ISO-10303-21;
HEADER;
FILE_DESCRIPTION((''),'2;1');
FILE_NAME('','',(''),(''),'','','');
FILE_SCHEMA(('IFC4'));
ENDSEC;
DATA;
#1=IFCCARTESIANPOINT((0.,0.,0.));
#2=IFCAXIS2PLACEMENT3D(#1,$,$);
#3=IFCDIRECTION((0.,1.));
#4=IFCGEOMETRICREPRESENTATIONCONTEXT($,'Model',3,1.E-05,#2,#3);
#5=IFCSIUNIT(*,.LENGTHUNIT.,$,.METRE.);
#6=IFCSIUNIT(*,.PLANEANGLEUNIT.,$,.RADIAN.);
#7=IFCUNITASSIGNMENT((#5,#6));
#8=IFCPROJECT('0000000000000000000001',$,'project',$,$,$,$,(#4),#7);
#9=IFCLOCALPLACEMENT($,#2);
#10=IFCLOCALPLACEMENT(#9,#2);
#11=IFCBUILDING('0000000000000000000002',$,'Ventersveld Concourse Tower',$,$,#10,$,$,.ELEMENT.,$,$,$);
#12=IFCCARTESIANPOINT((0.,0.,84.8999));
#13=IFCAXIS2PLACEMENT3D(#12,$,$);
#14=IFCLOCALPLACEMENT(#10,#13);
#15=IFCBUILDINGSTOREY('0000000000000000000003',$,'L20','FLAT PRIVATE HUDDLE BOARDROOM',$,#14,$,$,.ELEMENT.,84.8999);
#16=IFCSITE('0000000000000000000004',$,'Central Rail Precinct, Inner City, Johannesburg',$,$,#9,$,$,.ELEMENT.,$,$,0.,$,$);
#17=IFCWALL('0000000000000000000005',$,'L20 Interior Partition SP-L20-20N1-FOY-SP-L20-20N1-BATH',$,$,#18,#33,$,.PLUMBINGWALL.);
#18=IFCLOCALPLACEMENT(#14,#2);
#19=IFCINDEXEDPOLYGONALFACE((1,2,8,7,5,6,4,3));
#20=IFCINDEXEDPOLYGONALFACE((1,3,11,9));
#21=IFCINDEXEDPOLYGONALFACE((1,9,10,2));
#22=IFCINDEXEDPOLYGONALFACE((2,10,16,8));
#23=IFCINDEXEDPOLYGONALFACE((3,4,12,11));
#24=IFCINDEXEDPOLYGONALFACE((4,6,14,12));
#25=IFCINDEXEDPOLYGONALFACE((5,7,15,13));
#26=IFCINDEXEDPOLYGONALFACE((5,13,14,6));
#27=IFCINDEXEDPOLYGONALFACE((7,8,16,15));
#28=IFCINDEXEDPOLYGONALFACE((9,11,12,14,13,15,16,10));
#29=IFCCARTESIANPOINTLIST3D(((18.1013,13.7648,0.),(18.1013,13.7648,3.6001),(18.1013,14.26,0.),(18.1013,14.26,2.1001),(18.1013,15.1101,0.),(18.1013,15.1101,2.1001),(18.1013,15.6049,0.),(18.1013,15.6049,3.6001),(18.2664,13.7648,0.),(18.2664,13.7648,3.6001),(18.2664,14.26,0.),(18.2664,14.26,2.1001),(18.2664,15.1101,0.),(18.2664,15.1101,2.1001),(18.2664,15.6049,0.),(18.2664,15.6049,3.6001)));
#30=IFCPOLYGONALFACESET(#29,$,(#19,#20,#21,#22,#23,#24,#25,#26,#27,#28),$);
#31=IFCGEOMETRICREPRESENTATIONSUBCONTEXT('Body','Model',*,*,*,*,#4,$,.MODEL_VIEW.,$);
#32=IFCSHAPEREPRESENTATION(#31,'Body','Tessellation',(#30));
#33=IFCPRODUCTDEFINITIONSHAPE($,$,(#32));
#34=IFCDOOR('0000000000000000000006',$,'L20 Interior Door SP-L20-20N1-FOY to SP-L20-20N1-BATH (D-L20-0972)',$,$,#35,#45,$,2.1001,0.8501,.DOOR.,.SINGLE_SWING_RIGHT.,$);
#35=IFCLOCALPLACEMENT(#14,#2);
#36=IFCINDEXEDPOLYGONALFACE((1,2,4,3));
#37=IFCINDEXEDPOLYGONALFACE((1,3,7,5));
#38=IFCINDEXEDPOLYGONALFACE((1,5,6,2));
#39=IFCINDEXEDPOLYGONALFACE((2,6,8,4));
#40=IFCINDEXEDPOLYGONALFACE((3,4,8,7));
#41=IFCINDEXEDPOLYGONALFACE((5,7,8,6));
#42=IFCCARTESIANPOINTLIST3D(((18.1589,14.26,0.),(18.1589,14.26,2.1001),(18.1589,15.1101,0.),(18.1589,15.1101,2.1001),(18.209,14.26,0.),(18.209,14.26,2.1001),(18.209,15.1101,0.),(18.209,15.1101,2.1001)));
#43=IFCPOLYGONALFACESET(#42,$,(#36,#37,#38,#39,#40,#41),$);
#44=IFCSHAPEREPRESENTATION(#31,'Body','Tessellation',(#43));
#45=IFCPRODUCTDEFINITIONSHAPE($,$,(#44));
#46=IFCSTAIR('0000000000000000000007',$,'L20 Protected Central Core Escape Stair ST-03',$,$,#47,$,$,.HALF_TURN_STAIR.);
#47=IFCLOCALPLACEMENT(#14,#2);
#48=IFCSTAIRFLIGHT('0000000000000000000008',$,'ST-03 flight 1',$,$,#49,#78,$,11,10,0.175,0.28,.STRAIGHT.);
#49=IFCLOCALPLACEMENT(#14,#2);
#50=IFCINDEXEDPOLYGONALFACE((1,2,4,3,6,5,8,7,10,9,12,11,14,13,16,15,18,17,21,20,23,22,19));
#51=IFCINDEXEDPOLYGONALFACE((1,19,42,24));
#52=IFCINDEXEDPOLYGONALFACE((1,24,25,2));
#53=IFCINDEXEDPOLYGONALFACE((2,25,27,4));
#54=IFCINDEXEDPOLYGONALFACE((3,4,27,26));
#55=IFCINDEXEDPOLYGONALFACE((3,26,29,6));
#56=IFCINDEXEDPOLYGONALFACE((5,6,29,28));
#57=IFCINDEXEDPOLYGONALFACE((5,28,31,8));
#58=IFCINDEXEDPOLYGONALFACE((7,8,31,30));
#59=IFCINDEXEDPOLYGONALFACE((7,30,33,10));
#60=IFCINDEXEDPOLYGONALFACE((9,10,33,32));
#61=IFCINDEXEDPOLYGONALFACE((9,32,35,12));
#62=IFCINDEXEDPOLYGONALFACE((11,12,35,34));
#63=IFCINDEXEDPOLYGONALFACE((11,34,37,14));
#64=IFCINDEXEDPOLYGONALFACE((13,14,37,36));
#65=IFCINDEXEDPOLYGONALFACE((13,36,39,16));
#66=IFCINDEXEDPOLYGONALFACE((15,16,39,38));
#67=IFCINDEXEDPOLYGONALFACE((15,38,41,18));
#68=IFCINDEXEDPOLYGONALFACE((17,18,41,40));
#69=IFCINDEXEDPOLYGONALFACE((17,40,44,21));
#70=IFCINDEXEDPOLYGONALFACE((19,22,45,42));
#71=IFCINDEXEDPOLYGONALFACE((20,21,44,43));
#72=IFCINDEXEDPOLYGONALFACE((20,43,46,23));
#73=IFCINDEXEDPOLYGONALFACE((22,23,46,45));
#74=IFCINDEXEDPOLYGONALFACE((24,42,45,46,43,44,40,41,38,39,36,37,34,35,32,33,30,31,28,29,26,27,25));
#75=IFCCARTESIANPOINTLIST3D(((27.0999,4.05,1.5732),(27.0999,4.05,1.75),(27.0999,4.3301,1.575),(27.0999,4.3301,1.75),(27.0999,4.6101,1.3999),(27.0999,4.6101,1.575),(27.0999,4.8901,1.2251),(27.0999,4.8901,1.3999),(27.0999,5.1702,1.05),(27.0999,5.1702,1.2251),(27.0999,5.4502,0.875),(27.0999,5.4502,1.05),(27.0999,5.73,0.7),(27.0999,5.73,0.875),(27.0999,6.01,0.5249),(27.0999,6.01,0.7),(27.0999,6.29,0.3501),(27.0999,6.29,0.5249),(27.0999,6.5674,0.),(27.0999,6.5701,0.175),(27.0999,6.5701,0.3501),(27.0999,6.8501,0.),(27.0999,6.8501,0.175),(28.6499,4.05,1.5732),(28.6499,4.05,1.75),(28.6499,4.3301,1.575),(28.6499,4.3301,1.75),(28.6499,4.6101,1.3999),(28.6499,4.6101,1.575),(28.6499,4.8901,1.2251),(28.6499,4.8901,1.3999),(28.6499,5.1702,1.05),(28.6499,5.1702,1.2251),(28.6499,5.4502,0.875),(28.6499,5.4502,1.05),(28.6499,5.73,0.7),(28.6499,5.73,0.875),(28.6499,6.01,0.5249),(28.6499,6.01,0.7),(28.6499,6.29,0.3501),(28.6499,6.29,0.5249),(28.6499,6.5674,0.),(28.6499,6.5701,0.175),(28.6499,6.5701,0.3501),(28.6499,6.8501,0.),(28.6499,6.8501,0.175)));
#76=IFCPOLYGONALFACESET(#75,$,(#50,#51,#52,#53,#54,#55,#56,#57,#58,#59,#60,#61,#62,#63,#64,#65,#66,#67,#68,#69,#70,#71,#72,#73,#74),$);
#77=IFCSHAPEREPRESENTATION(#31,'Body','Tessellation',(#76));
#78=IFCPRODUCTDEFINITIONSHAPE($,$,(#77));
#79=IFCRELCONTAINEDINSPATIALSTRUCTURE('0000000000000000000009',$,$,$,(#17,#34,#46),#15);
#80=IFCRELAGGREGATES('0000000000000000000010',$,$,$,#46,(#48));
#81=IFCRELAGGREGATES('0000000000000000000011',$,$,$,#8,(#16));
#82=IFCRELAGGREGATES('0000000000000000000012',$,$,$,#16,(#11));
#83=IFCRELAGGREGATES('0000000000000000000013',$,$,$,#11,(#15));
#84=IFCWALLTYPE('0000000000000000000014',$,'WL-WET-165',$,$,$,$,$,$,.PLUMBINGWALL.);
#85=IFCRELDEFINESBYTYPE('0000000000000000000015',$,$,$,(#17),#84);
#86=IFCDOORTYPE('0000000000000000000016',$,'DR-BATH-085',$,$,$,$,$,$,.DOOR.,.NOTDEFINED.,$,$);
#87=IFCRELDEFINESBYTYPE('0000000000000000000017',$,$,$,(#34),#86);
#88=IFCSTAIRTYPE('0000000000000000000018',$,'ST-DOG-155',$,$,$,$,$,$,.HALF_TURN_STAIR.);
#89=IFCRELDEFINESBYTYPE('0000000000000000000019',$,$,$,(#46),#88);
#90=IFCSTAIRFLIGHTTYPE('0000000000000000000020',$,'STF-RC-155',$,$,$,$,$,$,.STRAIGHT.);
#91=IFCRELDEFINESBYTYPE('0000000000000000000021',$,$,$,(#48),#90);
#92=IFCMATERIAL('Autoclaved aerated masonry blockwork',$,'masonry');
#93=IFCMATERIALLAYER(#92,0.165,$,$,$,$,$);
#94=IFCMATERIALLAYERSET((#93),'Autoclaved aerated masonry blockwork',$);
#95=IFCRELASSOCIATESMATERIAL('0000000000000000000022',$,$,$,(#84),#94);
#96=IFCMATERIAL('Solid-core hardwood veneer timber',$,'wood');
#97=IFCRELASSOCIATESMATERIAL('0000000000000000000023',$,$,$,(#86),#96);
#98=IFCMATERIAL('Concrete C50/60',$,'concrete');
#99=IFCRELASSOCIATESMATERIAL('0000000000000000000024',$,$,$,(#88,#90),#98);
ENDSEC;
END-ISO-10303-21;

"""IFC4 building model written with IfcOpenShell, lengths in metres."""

from ifc_helpers import new_model, si_unit, direction, frame, frame_2d, origin, place, context, subcontext, project, spatial, polyline, rectangle, outline, extrude, material, layer, layer_set, type_object, element, fill, aggregate, save


model = new_model("IFC4")

# Units and contexts
model_context = context("Model", 3, precision=1e-05, world=origin(), true_north=direction((0.0, 1.0)))
body_context = subcontext(model_context, "Body", "Model", "MODEL_VIEW")
ifc_project = project(units=[si_unit("LENGTHUNIT", "METRE"), si_unit("PLANEANGLEUNIT", "RADIAN")], contexts=[model_context])

# Site, building, storey
site_placement = place(None, origin())
site = spatial("IfcSite", under=ifc_project, at=site_placement, Name="Central Rail Precinct, Inner City, Johannesburg", CompositionType="ELEMENT", RefElevation=0.0)
building_placement = place(site_placement, origin())
building = spatial("IfcBuilding", under=site, at=building_placement, Name="Ventersveld Concourse Tower", CompositionType="ELEMENT")
storey_placement = place(building_placement, frame((0.0, 0.0, 84.8999)))
storey = spatial("IfcBuildingStorey", under=building, at=storey_placement, Name="L20", Description="FLAT PRIVATE HUDDLE BOARDROOM", CompositionType="ELEMENT", Elevation=84.8999)

# Shared definitions
ifc_material_1 = material(Name="Concrete C50/60", Category="concrete")

# Wall, opening, door
ifc_material_2 = material(Name="Autoclaved aerated masonry blockwork", Category="masonry")
ifc_layer_1 = layer(ifc_material_2, 0.165)
ifc_layer_set_1 = layer_set([ifc_layer_1], Name="Autoclaved aerated masonry blockwork")
wall_type_1 = type_object("IfcWallType", Name="WL-WET-165", PredefinedType="PLUMBINGWALL", material=ifc_layer_set_1)
wall_1_placement = place(storey_placement, frame((18.1838, 13.7649, 0.0), z_axis=(0.0, 0.0, 1.0), x_axis=(0.0, 1.0, 0.0)))
wall_1 = element("IfcWall", 1, at=wall_1_placement, inside=storey, type_object=wall_type_1, Name="L20 Interior Partition SP-L20-20N1-FOY-SP-L20-20N1-BATH", PredefinedType="PLUMBINGWALL", context=body_context, shape_type="SweptSolid", body=[
    extrude(rectangle(XDim=1.8401, YDim=0.165, at=frame_2d((0.9199, 0.0))), origin(), (0.0, 0.0, 1.0), 3.6001),
])
opening_1_placement = place(wall_1_placement, frame((0.4951, 0.0, 0.0)))
opening_1 = element("IfcOpeningElement", 2, at=opening_1_placement, cuts=wall_1, PredefinedType="OPENING", context=body_context, shape_type="SweptSolid", body=[
    extrude(rectangle(XDim=0.8501, YDim=2.1001, at=frame_2d((0.425, 1.05))), frame((0.0, 0.0925, 0.0), z_axis=(0.0, -1.0, 0.0), x_axis=(1.0, 0.0, 0.0)), (0.0, 0.0, 1.0), 0.1851),
])
ifc_material_3 = material(Name="Solid-core hardwood veneer timber", Category="wood")
door_type_1 = type_object("IfcDoorType", Name="DR-BATH-085", OperationType="NOTDEFINED", PredefinedType="DOOR", material=ifc_material_3)
door_1_placement = place(opening_1_placement, origin())
door_1 = element("IfcDoor", 3, at=door_1_placement, inside=storey, type_object=door_type_1, Name="L20 Interior Door SP-L20-20N1-FOY to SP-L20-20N1-BATH (D-L20-0972)", OperationType="SINGLE_SWING_RIGHT", OverallHeight=2.1001, OverallWidth=0.8501, PredefinedType="DOOR", context=body_context, shape_type="SweptSolid", body=[
    extrude(rectangle(XDim=0.8501, YDim=2.1001, at=frame_2d((0.425, 1.05))), frame((0.0, 0.0249, 0.0), z_axis=(0.0, -1.0, 0.0), x_axis=(1.0, 0.0, 0.0)), (0.0, 0.0, 1.0), 0.05),
])
fill(opening_1, door_1)

# Stair, stair flight
stair_type = type_object("IfcStairType", Name="ST-DOG-155", PredefinedType="HALF_TURN_STAIR", material=ifc_material_1)
stair_placement = place(storey_placement, origin())
stair = element("IfcStair", 4, at=stair_placement, inside=storey, type_object=stair_type, Name="L20 Protected Central Core Escape Stair ST-03", PredefinedType="HALF_TURN_STAIR")
stair_flight_type = type_object("IfcStairFlightType", Name="STF-RC-155", PredefinedType="STRAIGHT", material=ifc_material_1)
stair_flight_placement = place(storey_placement, frame((27.875, 6.8501, 0.0), z_axis=(0.0, 0.0, 1.0), x_axis=(0.0, -1.0, 0.0)))
stair_flight = element("IfcStairFlight", 5, at=stair_flight_placement, type_object=stair_flight_type, Name="ST-03 flight 1", NumberOfRisers=11, NumberOfTreads=10, PredefinedType="STRAIGHT", RiserHeight=0.175, TreadLength=0.28, context=body_context, shape_type="SweptSolid", body=[
    extrude(outline(polyline([(0.0, 0.0), (0.0, 0.175), (0.28, 0.175), (0.28, 0.3501), (0.5601, 0.3501), (0.5601, 0.5249), (0.8401, 0.5249), (0.8401, 0.7), (1.1201, 0.7), (1.1201, 0.875), (1.3999, 0.875), (1.3999, 1.05), (1.6799, 1.05), (1.6799, 1.2251), (1.96, 1.2251), (1.96, 1.3999), (2.24, 1.3999), (2.24, 1.575), (2.52, 1.575), (2.52, 1.75), (2.8, 1.75), (2.8, 1.925), (2.8, 1.5732), (0.2827, 0.0), (0.0, 0.0)])), frame((0.0, 0.7749, 0.0), z_axis=(0.0, -1.0, 0.0), x_axis=(1.0, 0.0, 0.0)), (0.0, 0.0, 1.0), 1.55),
])
aggregate(stair, [stair_flight])

save(model, "model.ifc")
